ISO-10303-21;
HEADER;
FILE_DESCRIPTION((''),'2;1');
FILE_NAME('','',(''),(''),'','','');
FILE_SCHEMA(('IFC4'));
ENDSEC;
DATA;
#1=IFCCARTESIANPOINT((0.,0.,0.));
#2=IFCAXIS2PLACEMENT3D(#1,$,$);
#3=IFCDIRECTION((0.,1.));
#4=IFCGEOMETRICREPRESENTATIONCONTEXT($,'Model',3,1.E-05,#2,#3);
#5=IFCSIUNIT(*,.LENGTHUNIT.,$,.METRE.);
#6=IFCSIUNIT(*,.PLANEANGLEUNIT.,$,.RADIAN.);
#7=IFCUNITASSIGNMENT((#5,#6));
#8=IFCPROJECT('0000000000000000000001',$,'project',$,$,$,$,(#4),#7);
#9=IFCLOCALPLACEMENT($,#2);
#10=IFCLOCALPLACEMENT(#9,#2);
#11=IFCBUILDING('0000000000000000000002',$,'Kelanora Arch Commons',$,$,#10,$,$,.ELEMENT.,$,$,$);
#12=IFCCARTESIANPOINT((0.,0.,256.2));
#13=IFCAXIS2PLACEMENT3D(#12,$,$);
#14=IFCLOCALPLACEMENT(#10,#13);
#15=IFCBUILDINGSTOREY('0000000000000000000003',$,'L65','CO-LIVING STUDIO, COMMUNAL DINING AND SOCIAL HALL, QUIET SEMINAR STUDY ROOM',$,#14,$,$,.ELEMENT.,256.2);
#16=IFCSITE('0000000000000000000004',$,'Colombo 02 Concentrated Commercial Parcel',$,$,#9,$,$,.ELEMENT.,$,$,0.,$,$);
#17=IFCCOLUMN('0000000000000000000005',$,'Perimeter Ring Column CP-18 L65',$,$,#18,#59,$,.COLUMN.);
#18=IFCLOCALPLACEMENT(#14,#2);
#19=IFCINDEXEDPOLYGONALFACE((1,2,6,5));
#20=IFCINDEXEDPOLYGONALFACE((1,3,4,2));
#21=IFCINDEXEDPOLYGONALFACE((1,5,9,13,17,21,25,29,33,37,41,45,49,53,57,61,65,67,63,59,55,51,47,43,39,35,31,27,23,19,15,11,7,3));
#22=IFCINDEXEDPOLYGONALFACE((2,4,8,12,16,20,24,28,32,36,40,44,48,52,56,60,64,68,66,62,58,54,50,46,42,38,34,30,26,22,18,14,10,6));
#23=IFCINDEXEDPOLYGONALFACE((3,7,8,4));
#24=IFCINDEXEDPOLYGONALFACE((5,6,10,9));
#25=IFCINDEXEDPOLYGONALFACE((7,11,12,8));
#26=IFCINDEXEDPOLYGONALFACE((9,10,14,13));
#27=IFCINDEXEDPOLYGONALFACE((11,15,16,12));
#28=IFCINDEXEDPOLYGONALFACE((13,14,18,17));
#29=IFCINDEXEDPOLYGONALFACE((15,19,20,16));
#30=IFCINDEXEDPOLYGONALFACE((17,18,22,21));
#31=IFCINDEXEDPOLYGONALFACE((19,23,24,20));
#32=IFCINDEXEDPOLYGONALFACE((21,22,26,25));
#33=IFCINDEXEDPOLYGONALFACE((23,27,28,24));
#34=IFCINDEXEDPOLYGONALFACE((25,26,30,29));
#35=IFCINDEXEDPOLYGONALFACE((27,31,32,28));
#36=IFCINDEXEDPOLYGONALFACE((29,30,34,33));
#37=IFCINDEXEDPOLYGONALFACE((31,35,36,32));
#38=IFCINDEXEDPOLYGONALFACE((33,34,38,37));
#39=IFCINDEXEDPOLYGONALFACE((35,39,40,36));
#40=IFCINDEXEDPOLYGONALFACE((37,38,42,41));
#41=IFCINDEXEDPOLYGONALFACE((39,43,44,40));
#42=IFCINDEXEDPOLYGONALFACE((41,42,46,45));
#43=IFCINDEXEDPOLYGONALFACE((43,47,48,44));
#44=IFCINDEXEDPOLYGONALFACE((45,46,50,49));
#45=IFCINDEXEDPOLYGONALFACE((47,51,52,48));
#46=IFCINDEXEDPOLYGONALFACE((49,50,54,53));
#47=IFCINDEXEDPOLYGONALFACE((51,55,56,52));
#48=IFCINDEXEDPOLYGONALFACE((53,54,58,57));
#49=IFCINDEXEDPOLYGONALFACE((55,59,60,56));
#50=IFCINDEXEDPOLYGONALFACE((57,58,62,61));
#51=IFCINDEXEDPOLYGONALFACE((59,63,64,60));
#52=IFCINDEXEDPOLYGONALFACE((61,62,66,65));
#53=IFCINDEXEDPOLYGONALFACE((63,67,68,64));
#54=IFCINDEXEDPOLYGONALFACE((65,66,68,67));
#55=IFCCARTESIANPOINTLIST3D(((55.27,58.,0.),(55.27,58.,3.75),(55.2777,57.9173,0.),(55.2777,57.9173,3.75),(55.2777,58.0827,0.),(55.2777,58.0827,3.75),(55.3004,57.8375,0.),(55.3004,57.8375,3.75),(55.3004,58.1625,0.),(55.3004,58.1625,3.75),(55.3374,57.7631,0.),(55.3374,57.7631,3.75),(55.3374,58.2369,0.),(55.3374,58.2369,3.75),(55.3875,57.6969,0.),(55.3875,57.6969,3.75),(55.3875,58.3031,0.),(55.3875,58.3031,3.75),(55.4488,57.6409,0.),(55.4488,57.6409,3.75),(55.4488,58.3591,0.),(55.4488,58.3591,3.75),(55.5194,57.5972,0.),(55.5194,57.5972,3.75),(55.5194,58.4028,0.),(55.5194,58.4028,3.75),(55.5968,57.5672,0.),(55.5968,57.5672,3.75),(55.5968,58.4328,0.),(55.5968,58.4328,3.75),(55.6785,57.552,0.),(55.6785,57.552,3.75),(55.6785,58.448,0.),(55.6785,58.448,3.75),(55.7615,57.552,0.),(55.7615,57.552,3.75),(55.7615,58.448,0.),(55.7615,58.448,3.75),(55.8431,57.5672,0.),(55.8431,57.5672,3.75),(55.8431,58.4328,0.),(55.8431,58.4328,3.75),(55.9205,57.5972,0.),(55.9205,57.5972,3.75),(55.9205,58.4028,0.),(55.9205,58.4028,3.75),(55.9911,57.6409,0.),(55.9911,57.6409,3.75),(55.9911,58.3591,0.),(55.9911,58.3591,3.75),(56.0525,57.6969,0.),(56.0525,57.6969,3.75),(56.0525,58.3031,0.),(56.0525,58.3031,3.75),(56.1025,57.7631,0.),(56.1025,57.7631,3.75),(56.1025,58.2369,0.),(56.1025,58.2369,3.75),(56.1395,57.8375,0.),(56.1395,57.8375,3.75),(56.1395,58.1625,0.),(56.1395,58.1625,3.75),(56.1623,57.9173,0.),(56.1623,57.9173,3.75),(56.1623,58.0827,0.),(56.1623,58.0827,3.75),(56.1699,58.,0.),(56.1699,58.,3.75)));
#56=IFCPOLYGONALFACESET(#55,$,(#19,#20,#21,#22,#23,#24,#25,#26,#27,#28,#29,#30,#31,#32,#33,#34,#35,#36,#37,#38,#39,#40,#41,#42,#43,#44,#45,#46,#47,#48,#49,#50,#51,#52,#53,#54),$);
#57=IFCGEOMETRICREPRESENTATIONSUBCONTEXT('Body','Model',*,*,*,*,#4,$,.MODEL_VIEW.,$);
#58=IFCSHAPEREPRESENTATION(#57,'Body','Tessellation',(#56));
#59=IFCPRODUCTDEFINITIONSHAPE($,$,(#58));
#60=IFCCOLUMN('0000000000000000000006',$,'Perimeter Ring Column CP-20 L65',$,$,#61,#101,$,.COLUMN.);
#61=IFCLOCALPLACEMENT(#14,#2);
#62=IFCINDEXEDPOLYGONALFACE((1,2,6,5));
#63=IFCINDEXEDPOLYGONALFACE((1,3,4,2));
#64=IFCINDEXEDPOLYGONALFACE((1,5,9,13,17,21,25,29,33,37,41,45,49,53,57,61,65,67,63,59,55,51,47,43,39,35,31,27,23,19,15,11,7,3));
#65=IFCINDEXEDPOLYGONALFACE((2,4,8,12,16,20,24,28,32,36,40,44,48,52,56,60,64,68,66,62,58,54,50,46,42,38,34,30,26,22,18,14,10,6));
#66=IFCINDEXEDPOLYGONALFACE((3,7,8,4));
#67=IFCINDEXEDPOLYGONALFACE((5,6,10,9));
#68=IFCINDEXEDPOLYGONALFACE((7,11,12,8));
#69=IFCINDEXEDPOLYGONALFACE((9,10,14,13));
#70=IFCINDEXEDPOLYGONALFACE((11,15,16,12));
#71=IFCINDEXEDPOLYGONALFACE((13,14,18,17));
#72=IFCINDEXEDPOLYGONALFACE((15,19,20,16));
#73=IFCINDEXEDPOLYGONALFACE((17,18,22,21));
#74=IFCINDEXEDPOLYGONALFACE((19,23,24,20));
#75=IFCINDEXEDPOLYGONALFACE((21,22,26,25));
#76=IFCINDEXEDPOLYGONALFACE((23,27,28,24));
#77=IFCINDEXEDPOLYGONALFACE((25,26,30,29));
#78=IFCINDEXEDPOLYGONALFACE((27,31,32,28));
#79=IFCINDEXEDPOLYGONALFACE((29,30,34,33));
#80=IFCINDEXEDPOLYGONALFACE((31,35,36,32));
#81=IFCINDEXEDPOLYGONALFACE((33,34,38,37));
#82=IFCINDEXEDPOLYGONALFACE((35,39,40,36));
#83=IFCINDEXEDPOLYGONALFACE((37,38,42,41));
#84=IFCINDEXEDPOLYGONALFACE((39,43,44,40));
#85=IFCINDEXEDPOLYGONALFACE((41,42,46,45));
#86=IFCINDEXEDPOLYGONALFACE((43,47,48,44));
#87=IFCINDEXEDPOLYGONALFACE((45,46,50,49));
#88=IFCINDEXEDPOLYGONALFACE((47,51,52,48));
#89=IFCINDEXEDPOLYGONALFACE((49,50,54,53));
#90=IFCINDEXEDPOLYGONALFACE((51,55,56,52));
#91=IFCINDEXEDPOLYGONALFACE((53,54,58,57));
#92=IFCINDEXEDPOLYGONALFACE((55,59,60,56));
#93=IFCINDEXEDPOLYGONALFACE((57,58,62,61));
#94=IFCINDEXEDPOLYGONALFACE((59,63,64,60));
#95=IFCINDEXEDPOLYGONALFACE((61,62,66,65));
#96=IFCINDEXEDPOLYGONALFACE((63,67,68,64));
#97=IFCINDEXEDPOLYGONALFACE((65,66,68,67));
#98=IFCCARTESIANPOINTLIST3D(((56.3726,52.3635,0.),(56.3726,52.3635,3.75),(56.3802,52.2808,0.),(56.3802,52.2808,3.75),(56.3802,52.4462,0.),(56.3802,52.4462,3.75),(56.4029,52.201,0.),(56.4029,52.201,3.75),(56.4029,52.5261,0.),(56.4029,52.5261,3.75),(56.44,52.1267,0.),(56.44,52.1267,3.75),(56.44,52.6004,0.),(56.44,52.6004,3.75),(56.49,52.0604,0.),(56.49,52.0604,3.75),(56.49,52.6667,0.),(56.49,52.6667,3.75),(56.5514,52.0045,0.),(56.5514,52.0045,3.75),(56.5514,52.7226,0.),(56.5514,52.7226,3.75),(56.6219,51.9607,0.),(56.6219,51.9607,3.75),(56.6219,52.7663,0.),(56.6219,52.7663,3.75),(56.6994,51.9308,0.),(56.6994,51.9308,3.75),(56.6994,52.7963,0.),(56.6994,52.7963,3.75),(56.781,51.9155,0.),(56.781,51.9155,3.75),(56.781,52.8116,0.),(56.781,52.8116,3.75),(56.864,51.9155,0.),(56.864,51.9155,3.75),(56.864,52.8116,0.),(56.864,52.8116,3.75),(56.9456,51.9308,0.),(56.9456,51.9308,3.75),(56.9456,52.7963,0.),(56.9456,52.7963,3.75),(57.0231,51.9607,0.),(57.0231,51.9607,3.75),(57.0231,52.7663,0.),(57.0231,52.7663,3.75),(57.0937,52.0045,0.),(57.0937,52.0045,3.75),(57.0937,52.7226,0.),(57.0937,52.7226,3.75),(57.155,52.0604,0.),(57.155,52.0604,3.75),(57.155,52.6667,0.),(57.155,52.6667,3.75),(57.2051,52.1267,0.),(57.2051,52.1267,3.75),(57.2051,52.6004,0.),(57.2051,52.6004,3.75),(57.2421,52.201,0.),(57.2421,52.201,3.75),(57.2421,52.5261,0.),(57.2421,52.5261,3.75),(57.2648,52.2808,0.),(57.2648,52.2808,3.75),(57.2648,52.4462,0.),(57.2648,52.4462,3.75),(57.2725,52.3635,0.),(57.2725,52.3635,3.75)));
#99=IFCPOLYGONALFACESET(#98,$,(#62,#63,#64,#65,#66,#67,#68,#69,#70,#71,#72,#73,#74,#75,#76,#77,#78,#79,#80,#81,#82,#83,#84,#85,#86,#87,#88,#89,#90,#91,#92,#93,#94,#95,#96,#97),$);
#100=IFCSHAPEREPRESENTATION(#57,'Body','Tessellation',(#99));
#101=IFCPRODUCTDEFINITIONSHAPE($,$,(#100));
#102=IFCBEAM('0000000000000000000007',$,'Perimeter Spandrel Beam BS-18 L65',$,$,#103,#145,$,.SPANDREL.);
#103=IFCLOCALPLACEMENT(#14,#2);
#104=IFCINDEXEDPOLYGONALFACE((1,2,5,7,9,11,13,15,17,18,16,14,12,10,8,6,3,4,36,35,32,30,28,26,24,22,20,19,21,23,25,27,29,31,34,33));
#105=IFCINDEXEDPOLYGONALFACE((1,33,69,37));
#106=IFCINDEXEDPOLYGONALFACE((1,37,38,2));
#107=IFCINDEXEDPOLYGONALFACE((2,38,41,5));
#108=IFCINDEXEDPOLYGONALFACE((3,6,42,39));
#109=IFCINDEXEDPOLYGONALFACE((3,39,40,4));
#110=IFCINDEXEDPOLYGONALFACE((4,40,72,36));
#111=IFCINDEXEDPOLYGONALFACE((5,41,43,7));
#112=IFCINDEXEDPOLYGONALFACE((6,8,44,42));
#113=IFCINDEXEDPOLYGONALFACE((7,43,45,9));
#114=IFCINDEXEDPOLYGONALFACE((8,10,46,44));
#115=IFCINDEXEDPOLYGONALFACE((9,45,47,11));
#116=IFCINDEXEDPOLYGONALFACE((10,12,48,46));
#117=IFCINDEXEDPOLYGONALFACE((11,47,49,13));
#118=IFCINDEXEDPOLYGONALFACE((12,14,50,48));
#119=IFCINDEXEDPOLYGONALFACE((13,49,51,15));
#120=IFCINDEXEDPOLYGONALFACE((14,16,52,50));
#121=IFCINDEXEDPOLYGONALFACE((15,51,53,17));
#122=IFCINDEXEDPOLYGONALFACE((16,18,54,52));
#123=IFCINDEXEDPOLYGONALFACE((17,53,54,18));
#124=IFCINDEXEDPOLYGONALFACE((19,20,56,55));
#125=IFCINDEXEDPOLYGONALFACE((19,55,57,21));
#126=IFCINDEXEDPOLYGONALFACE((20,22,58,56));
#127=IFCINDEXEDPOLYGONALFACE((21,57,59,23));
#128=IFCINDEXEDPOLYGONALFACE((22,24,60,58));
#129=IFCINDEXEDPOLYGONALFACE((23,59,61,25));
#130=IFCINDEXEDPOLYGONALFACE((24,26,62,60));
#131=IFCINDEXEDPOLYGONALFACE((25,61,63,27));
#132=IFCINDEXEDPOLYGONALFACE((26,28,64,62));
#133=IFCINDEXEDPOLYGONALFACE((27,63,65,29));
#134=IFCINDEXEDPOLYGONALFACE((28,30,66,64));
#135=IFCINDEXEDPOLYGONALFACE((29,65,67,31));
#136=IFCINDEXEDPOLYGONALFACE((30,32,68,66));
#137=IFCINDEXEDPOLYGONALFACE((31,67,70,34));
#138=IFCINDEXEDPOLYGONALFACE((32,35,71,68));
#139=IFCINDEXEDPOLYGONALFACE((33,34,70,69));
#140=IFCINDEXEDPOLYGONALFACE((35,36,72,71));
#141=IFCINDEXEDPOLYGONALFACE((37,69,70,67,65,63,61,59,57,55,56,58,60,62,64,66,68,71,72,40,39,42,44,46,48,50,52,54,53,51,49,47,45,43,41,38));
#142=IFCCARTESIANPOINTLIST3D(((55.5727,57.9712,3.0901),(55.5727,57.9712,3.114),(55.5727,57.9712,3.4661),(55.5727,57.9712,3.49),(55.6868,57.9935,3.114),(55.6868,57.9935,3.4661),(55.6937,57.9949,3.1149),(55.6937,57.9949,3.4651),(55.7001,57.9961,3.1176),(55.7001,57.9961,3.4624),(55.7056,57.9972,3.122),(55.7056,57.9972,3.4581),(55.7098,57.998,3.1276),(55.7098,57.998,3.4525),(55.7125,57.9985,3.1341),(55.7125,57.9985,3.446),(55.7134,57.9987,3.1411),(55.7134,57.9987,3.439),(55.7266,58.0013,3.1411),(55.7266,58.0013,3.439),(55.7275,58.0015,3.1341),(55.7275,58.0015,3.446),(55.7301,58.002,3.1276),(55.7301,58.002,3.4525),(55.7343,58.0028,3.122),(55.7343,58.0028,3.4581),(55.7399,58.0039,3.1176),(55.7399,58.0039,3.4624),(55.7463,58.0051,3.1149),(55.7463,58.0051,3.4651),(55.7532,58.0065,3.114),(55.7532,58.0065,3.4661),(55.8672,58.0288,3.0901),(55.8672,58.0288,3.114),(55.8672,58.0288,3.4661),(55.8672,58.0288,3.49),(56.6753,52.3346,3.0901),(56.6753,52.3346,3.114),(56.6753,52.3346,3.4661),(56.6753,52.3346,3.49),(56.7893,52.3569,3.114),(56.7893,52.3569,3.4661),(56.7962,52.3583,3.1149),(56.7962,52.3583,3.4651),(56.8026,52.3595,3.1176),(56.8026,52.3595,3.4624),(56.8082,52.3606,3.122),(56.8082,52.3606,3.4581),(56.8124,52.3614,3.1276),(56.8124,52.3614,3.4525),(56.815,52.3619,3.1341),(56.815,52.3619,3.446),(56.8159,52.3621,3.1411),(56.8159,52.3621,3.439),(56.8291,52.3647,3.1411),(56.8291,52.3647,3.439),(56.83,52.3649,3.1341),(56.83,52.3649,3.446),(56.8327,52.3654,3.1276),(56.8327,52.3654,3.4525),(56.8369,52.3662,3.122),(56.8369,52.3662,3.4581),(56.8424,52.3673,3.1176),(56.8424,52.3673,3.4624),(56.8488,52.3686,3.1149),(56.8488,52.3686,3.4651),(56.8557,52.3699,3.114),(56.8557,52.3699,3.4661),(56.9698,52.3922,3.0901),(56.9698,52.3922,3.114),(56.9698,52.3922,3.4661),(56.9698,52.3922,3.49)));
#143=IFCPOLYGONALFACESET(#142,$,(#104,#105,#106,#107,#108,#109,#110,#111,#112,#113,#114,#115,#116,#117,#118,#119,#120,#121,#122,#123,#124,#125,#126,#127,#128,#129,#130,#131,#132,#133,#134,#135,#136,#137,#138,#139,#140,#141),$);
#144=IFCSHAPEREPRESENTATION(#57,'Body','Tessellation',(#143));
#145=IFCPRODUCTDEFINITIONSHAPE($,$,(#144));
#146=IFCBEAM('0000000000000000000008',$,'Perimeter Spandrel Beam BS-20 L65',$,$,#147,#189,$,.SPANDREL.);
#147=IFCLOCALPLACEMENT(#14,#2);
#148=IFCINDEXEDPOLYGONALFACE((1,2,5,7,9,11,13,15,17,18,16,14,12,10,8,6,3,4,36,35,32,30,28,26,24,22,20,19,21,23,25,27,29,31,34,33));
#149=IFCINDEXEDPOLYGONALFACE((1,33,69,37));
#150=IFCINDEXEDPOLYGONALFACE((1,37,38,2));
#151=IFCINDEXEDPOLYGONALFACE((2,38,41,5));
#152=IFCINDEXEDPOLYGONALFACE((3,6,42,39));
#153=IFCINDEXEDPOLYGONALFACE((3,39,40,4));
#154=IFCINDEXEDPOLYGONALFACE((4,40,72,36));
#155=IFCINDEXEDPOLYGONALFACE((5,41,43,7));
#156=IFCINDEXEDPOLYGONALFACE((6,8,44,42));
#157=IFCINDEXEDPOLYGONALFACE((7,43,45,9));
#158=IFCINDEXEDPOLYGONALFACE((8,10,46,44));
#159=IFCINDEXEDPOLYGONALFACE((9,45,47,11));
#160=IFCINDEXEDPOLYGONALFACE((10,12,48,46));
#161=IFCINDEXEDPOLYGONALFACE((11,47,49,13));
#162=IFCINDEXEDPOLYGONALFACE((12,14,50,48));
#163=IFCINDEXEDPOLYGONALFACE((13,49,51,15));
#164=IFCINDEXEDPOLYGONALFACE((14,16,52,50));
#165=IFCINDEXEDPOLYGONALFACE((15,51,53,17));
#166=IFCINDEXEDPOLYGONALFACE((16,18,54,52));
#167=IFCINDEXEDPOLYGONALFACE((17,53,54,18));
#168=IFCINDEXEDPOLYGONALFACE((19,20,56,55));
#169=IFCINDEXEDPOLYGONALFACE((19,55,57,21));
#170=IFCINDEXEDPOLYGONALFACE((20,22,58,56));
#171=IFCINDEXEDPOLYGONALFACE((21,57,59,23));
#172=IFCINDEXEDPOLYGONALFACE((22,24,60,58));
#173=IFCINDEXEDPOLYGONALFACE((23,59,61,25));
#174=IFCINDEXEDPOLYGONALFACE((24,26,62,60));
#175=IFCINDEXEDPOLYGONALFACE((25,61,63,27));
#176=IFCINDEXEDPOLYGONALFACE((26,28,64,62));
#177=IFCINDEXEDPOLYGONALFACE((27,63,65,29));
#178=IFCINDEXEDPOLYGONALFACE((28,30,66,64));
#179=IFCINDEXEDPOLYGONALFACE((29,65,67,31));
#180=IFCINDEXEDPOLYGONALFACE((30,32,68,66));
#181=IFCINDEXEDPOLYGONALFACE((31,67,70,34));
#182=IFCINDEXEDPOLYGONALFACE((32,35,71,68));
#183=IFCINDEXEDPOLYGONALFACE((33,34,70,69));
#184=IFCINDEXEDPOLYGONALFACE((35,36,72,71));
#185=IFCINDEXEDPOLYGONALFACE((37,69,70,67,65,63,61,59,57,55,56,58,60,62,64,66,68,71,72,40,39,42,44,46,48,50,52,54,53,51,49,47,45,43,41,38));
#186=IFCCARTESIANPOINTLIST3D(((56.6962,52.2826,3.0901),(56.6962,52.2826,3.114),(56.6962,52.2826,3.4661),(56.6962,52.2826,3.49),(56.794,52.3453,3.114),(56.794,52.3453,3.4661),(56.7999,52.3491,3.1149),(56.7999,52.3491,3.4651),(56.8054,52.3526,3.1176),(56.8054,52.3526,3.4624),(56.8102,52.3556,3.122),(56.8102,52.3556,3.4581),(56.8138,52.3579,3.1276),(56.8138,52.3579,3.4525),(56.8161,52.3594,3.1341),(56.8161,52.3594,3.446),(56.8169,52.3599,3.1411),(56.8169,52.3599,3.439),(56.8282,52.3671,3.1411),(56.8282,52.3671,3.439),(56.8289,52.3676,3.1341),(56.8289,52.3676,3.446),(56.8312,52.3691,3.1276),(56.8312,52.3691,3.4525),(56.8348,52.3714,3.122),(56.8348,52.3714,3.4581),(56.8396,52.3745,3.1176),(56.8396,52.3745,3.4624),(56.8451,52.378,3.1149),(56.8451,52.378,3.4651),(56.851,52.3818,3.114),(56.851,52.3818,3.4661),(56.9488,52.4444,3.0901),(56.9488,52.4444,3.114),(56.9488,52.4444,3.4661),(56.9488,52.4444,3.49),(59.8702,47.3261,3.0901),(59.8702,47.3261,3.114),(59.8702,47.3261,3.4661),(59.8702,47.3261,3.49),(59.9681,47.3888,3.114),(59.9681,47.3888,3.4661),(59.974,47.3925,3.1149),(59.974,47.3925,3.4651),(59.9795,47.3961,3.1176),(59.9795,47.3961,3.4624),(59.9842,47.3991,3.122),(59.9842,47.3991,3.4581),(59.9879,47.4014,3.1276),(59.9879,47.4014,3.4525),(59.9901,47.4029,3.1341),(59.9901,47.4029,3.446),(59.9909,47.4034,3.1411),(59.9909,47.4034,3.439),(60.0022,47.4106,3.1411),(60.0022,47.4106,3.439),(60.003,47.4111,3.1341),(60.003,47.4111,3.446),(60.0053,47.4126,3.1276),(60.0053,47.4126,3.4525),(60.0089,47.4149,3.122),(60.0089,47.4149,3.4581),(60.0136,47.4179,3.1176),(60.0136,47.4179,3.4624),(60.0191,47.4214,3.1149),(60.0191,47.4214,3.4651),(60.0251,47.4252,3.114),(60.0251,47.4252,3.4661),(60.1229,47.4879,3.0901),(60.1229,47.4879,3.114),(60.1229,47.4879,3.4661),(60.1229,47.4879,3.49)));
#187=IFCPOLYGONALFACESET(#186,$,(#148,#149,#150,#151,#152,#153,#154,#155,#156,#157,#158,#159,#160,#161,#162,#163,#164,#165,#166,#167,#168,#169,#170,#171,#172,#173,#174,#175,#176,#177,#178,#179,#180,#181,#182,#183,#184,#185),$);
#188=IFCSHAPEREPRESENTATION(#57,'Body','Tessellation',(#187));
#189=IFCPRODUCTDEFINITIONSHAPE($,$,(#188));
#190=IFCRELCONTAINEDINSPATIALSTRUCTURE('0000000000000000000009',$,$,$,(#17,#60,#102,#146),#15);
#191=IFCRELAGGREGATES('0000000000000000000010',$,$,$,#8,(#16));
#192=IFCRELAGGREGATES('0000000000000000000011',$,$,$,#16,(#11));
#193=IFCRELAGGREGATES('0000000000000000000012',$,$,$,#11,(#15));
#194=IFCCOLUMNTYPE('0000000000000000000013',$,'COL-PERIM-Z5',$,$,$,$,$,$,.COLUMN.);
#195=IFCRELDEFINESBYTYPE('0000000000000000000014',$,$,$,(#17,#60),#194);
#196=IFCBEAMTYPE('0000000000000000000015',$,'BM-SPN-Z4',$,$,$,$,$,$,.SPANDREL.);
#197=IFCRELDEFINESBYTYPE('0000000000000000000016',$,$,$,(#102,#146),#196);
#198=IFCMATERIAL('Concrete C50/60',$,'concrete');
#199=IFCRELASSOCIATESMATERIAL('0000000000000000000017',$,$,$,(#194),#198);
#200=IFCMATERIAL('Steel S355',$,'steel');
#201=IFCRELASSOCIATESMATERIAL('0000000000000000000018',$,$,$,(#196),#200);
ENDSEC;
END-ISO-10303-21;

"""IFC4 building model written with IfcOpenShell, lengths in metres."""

from ifc_helpers import new_model, si_unit, direction, frame, origin, origin_2d, place, context, subcontext, project, spatial, circle, i_section, extrude, material, material_profile, profile_set, type_object, element, save


model = new_model("IFC4")

# Units and contexts
model_context = context("Model", 3, precision=1e-05, world=origin(), true_north=direction((0.0, 1.0)))
body_context = subcontext(model_context, "Body", "Model", "MODEL_VIEW")
ifc_project = project(units=[si_unit("LENGTHUNIT", "METRE"), si_unit("PLANEANGLEUNIT", "RADIAN")], contexts=[model_context])

# Site, building, storey
site_placement = place(None, origin())
site = spatial("IfcSite", under=ifc_project, at=site_placement, Name="Colombo 02 Concentrated Commercial Parcel", CompositionType="ELEMENT", RefElevation=0.0)
building_placement = place(site_placement, origin())
building = spatial("IfcBuilding", under=site, at=building_placement, Name="Kelanora Arch Commons", CompositionType="ELEMENT")
storey_placement = place(building_placement, frame((0.0, 0.0, 256.2)))
storey = spatial("IfcBuildingStorey", under=building, at=storey_placement, Name="L65", Description="CO-LIVING STUDIO, COMMUNAL DINING AND SOCIAL HALL, QUIET SEMINAR STUDY ROOM", CompositionType="ELEMENT", Elevation=256.2)

# Columns
ifc_material_1 = material(Name="Concrete C50/60", Category="concrete")
ifc_material_profile_1 = material_profile(ifc_material_1, circle(Radius=0.45, at=origin_2d()), Name="RCC900")
ifc_profile_set_1 = profile_set([ifc_material_profile_1], Name="Concrete C50/60")
column_type = type_object("IfcColumnType", Name="COL-PERIM-Z5", PredefinedType="COLUMN", material=ifc_profile_set_1)
for number, where, z_axis, x_axis, name in (
    (1, (55.72, 58.0, 0.0), (0.0, 0.0, 1.0), (1.0, 0.0, 0.0), "Perimeter Ring Column CP-18 L65"),
    (2, (56.8225, 52.3635, 0.0), (0.0, 0.0, 1.0), (1.0, 0.0, 0.0), "Perimeter Ring Column CP-20 L65"),
):
    element("IfcColumn", number, at=place(storey_placement, frame(where, z_axis=z_axis, x_axis=x_axis)), inside=storey, type_object=column_type, Name=name, PredefinedType="COLUMN", context=body_context, shape_type="SweptSolid", body=[
        extrude(circle(Radius=0.45, at=origin_2d()), origin(), (0.0, 0.0, 1.0), 3.75),
    ])

# Beams
ifc_material_2 = material(Name="Steel S355", Category="steel")
ifc_material_profile_2 = material_profile(ifc_material_2, i_section(OverallWidth=0.3, OverallDepth=0.3999, WebThickness=0.0134, FlangeThickness=0.0239, FilletRadius=0.0271, at=origin_2d()), Name="HEB400")
ifc_profile_set_2 = profile_set([ifc_material_profile_2], Name="Steel S355")
beam_type = type_object("IfcBeamType", Name="BM-SPN-Z4", PredefinedType="SPANDREL", material=ifc_profile_set_2)
beam_1_placement = place(storey_placement, frame((55.72, 58.0, 3.29), z_axis=(0.19197, -0.981401, 0.0), x_axis=(0.981401, 0.19197, 0.0)))
element("IfcBeam", 3, at=beam_1_placement, inside=storey, type_object=beam_type, Name="Perimeter Spandrel Beam BS-18 L65", PredefinedType="SPANDREL", context=body_context, shape_type="SweptSolid", body=[
    extrude(i_section(OverallWidth=0.3, OverallDepth=0.3999, WebThickness=0.0134, FlangeThickness=0.0239, FilletRadius=0.0271, at=origin_2d()), origin(), (0.0, 0.0, 1.0), 5.7434),
])
beam_2_placement = place(storey_placement, frame((56.8225, 52.3635, 3.29), z_axis=(0.539281, -0.842126, 0.0), x_axis=(0.842126, 0.539281, 0.0)))
element("IfcBeam", 4, at=beam_2_placement, inside=storey, type_object=beam_type, Name="Perimeter Spandrel Beam BS-20 L65", PredefinedType="SPANDREL", context=body_context, shape_type="SweptSolid", body=[
    extrude(i_section(OverallWidth=0.3, OverallDepth=0.3999, WebThickness=0.0134, FlangeThickness=0.0239, FilletRadius=0.0271, at=origin_2d()), origin(), (0.0, 0.0, 1.0), 5.8857),
])

save(model, "model.ifc")
